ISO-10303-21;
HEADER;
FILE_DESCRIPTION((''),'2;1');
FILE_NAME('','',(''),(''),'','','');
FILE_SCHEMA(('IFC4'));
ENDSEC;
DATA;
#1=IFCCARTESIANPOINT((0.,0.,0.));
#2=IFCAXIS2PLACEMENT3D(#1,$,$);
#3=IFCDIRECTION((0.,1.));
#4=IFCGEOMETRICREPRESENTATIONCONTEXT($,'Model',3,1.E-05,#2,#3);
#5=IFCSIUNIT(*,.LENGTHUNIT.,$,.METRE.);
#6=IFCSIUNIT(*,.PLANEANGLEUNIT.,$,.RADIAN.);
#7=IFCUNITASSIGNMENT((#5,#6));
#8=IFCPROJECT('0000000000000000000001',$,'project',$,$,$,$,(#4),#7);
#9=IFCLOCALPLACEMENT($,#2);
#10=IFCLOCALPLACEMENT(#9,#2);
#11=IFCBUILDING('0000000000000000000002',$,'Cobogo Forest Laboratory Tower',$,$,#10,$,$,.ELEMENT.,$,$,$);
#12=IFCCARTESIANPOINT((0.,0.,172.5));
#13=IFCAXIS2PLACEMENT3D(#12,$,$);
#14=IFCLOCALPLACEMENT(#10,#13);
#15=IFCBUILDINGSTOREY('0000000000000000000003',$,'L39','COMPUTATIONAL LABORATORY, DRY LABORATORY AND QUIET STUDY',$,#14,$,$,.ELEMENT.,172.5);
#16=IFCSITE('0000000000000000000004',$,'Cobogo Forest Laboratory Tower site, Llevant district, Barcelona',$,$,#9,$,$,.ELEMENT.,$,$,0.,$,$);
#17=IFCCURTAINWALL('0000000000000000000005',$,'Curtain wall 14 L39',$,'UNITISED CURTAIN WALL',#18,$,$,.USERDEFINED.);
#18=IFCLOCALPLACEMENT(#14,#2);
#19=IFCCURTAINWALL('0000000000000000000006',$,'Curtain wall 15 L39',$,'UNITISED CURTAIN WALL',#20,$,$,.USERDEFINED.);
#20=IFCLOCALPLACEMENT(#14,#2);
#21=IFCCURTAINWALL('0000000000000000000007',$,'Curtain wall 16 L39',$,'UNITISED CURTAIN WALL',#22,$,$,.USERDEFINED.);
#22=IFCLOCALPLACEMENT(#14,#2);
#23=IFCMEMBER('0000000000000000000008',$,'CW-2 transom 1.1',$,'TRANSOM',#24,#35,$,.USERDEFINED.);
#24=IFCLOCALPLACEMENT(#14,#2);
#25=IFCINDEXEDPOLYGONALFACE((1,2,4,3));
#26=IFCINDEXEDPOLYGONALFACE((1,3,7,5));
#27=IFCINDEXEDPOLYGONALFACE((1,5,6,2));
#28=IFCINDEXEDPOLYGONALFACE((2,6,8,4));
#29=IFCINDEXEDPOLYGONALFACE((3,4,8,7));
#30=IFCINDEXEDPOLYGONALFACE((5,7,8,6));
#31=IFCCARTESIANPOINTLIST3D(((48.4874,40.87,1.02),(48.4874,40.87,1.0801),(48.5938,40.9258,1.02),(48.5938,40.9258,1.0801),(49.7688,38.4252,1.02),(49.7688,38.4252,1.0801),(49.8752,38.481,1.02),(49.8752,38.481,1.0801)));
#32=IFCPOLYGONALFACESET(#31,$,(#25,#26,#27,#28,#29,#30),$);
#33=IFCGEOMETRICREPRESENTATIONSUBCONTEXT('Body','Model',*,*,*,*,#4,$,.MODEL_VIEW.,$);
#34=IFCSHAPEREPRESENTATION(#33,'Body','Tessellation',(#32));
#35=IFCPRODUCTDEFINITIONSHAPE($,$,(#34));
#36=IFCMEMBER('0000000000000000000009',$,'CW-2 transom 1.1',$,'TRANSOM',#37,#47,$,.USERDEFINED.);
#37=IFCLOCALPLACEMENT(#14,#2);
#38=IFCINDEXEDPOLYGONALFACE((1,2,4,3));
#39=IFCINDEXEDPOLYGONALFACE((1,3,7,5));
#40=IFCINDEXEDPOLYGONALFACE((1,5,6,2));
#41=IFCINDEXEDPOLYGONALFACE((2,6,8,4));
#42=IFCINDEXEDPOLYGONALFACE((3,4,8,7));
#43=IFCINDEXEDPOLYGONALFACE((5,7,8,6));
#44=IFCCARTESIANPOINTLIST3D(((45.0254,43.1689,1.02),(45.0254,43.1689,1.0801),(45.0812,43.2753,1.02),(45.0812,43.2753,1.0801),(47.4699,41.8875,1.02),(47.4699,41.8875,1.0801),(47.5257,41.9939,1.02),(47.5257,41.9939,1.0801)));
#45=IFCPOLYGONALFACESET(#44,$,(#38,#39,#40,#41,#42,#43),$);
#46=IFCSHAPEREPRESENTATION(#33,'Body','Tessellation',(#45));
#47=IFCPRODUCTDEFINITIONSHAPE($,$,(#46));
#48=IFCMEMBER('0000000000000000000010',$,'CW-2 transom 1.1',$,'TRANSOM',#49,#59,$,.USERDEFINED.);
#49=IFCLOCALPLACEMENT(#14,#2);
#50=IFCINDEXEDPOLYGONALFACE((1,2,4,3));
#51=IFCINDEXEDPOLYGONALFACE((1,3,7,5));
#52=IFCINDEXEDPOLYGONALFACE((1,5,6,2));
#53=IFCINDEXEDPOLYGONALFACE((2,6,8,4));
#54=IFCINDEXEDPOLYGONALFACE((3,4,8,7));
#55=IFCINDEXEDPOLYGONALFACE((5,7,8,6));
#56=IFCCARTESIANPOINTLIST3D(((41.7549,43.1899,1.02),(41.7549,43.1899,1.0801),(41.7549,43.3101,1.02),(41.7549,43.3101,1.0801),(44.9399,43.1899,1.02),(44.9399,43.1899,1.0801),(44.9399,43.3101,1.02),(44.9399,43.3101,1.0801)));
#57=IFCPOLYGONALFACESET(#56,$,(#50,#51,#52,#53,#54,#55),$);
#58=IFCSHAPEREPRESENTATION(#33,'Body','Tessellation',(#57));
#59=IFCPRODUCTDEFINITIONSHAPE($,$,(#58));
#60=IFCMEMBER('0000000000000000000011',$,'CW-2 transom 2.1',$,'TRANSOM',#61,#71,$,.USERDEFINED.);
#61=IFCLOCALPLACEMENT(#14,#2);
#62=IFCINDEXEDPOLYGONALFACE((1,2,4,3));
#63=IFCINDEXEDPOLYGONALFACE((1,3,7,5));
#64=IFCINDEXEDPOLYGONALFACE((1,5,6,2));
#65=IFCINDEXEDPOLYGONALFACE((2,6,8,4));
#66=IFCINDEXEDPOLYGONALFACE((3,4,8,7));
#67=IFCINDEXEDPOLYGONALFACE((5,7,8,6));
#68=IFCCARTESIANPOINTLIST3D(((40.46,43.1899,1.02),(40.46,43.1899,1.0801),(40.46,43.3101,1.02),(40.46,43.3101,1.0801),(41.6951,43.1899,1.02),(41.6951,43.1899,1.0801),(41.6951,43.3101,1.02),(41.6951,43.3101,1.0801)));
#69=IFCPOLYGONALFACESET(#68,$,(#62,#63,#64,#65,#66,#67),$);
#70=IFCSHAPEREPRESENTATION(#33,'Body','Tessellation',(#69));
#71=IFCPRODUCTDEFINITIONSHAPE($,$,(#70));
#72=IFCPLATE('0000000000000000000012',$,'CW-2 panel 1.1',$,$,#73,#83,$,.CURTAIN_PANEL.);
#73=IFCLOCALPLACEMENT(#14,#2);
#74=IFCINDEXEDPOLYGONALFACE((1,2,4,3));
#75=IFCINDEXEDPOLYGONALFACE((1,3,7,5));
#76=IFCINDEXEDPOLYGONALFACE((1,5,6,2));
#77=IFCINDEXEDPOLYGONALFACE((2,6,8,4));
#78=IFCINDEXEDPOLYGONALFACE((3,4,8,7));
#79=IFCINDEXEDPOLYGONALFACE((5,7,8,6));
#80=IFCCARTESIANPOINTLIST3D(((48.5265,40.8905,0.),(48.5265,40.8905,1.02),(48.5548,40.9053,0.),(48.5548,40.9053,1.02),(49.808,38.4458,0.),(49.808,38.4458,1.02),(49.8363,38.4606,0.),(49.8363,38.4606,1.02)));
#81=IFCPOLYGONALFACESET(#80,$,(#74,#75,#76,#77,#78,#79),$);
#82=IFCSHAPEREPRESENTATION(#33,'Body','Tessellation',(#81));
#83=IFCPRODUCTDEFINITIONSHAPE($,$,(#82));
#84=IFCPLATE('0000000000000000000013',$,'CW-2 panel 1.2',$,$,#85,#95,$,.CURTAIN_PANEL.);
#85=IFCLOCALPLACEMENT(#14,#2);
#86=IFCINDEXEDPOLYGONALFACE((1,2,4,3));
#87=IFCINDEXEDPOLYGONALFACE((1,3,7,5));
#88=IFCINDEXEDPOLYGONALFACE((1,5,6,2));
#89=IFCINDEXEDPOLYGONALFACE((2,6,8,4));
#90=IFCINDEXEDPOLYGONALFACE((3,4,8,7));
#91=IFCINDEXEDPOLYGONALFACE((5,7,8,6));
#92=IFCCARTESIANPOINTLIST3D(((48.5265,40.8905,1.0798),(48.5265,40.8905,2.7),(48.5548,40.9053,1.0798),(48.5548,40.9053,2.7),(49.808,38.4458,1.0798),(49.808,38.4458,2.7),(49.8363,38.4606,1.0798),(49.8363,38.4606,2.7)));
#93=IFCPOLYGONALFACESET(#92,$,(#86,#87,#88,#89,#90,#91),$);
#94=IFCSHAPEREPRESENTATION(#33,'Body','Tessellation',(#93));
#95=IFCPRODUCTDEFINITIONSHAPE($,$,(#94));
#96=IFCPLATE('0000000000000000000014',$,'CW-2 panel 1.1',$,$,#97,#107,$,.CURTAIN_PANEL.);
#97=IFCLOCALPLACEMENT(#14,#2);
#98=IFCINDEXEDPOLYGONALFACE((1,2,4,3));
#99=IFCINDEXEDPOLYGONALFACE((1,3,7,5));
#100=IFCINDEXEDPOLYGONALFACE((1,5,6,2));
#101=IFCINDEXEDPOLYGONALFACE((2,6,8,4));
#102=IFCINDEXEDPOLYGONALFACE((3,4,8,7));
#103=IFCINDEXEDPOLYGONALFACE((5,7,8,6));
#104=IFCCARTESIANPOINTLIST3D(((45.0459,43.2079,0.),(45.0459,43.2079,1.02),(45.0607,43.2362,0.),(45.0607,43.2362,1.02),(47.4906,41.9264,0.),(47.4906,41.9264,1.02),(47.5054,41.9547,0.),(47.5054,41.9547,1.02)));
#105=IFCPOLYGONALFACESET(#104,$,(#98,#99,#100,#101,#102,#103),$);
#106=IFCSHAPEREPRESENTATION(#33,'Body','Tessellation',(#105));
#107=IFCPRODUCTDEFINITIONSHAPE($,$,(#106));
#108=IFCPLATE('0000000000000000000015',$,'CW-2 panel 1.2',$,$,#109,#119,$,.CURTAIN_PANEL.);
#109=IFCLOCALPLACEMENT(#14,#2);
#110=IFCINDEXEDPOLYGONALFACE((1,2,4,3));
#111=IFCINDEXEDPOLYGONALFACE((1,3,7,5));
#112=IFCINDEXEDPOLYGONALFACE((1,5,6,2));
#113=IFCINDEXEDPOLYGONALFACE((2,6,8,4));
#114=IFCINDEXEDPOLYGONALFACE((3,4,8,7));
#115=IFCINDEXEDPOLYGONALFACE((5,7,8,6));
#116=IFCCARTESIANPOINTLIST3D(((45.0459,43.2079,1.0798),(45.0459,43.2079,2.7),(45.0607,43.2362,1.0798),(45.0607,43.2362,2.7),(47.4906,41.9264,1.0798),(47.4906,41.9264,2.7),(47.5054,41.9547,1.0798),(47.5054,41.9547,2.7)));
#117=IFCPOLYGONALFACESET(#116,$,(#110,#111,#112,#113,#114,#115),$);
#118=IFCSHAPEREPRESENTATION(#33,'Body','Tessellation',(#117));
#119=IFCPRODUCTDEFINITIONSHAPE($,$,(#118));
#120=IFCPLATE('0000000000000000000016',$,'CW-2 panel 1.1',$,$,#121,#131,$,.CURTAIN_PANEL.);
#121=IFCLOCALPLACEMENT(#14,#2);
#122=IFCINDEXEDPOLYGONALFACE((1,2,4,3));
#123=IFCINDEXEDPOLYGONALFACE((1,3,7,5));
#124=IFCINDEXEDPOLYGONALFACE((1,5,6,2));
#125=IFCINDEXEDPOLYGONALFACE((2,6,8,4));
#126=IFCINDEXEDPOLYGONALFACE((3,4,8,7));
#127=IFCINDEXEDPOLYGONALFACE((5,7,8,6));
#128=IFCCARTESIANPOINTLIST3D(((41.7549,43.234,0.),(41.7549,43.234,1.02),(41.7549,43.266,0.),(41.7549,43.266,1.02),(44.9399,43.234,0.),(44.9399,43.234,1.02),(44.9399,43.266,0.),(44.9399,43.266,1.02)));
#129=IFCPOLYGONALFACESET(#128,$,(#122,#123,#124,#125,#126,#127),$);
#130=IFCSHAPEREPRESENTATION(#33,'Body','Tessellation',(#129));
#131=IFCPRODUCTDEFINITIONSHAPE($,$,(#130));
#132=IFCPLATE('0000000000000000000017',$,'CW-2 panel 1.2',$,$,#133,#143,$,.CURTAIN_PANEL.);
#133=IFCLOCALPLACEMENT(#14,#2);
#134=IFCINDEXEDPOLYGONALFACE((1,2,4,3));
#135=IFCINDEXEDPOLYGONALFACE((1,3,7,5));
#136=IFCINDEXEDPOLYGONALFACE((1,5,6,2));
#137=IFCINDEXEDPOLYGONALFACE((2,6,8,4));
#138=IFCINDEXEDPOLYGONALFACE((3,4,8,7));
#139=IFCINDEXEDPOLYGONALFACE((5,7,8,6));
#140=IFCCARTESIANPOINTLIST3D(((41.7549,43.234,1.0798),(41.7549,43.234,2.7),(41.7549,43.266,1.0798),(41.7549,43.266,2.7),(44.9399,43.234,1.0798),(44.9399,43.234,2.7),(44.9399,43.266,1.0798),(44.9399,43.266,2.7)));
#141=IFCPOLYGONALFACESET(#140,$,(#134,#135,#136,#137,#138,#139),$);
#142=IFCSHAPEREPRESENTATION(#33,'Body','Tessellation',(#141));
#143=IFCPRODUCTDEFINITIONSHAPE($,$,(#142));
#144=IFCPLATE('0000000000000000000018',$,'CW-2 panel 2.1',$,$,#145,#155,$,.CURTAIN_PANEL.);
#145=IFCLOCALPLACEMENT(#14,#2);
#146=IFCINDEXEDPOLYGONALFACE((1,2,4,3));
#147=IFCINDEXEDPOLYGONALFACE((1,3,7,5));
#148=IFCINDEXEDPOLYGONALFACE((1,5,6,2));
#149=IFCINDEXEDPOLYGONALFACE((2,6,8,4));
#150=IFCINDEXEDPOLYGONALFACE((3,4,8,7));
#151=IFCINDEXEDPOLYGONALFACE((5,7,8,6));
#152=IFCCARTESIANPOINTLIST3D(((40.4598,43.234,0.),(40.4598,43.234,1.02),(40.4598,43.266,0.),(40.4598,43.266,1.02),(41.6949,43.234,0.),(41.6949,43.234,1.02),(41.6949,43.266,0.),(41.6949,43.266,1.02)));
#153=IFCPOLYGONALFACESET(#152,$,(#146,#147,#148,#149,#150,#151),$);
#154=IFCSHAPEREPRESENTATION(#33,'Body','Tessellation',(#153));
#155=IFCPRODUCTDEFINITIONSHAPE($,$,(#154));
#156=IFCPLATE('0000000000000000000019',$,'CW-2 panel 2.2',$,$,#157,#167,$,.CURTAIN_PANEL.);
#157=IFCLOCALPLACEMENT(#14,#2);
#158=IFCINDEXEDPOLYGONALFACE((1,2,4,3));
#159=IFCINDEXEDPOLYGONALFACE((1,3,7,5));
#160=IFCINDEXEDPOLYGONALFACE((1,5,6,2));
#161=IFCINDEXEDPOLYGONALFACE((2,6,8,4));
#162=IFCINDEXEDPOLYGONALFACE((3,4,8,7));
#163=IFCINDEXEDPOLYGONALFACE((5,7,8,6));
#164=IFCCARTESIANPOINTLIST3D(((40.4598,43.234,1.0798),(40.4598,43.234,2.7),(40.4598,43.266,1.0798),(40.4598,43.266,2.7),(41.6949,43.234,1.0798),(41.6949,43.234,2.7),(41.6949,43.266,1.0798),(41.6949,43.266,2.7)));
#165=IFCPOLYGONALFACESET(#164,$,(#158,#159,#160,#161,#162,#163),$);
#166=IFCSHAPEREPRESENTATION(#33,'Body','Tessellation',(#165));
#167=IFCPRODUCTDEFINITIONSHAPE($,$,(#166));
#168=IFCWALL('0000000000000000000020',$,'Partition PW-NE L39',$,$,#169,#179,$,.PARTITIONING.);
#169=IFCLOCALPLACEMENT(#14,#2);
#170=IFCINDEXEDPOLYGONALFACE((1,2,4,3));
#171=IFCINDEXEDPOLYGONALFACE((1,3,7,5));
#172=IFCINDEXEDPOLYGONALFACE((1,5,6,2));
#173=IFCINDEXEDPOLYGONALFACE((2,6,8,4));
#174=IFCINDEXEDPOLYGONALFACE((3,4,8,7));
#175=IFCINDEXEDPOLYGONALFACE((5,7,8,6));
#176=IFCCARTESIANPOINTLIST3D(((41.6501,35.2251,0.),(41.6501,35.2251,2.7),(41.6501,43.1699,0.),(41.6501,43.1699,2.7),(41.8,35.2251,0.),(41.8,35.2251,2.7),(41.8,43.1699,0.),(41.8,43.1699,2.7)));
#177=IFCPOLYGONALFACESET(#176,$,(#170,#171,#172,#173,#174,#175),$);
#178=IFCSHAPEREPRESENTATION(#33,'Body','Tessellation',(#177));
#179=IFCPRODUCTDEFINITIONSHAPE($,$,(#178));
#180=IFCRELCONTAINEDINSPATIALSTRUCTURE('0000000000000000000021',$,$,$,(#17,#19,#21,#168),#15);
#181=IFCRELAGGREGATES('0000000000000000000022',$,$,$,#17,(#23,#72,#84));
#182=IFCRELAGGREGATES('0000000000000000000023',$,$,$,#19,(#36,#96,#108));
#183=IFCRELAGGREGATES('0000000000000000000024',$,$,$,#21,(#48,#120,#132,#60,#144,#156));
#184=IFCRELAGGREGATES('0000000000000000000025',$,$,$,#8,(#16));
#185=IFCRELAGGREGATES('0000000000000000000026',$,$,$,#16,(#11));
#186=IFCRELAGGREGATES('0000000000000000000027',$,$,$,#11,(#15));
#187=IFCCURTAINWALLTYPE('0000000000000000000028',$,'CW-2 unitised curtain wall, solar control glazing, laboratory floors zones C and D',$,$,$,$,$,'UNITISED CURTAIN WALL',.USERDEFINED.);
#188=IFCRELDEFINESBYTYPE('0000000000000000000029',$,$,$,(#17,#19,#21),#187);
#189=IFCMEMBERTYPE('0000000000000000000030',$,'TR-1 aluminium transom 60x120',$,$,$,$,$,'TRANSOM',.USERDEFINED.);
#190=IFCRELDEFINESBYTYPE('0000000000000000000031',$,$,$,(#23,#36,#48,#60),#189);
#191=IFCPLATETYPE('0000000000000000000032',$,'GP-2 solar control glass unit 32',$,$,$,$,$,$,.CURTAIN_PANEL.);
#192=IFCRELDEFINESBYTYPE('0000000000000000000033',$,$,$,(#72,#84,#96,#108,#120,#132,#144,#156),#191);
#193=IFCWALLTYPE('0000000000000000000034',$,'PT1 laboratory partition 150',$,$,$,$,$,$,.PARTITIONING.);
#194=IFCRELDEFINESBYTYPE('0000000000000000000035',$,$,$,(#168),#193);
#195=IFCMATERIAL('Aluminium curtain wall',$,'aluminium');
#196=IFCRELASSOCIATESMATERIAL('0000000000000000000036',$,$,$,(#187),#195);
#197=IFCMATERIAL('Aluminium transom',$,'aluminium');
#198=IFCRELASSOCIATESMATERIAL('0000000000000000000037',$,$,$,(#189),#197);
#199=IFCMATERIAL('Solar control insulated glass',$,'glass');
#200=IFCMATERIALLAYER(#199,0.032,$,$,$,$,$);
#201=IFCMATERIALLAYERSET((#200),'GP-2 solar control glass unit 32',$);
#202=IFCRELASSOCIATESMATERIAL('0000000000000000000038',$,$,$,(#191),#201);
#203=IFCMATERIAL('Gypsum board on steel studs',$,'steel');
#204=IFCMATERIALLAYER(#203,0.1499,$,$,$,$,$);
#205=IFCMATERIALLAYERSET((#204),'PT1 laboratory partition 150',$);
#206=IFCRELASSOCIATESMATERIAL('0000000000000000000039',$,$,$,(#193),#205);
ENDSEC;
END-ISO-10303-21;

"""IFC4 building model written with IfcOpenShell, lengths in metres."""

from ifc_helpers import new_model, si_unit, direction, frame, frame_2d, origin, origin_2d, place, context, subcontext, project, spatial, rectangle, extrude, material, layer, layer_set, material_profile, profile_set, type_object, element, aggregate, save


model = new_model("IFC4")

# Units and contexts
model_context = context("Model", 3, precision=1e-05, world=origin(), true_north=direction((0.0, 1.0)))
body_context = subcontext(model_context, "Body", "Model", "MODEL_VIEW")
ifc_project = project(units=[si_unit("LENGTHUNIT", "METRE"), si_unit("PLANEANGLEUNIT", "RADIAN")], contexts=[model_context])

# Site, building, storey
site_placement = place(None, origin())
site = spatial("IfcSite", under=ifc_project, at=site_placement, Name="Cobogo Forest Laboratory Tower site, Llevant district, Barcelona", CompositionType="ELEMENT", RefElevation=0.0)
building_placement = place(site_placement, origin())
building = spatial("IfcBuilding", under=site, at=building_placement, Name="Cobogo Forest Laboratory Tower", CompositionType="ELEMENT")
storey_placement = place(building_placement, frame((0.0, 0.0, 172.5)))
storey = spatial("IfcBuildingStorey", under=building, at=storey_placement, Name="L39", Description="COMPUTATIONAL LABORATORY, DRY LABORATORY AND QUIET STUDY", CompositionType="ELEMENT", Elevation=172.5)

# Curtain wall
ifc_material_1 = material(Name="Aluminium curtain wall", Category="aluminium")
curtain_wall_type = type_object("IfcCurtainWallType", Name="CW-2 unitised curtain wall, solar control glazing, laboratory floors zones C and D", ElementType="UNITISED CURTAIN WALL", PredefinedType="USERDEFINED", material=ifc_material_1)
curtain_wall_1_placement = place(storey_placement, origin())
curtain_wall_1 = element("IfcCurtainWall", 1, at=curtain_wall_1_placement, inside=storey, type_object=curtain_wall_type, Name="Curtain wall 14 L39", ObjectType="UNITISED CURTAIN WALL", PredefinedType="USERDEFINED")

# Curtain walls
curtain_wall_2_placement = place(storey_placement, origin())
curtain_wall_2 = element("IfcCurtainWall", 2, at=curtain_wall_2_placement, inside=storey, type_object=curtain_wall_type, Name="Curtain wall 15 L39", ObjectType="UNITISED CURTAIN WALL", PredefinedType="USERDEFINED")
curtain_wall_3_placement = place(storey_placement, origin())
curtain_wall_3 = element("IfcCurtainWall", 3, at=curtain_wall_3_placement, inside=storey, type_object=curtain_wall_type, Name="Curtain wall 16 L39", ObjectType="UNITISED CURTAIN WALL", PredefinedType="USERDEFINED")

# Members
ifc_material_2 = material(Name="Aluminium transom", Category="aluminium")
ifc_material_profile_1 = material_profile(ifc_material_2, rectangle(XDim=0.1201, YDim=0.0601, at=origin_2d()), Name="AL 60x120")
ifc_profile_set_1 = profile_set([ifc_material_profile_1], Name="Aluminium transom")
member_type_1 = type_object("IfcMemberType", Name="TR-1 aluminium transom 60x120", ElementType="TRANSOM", PredefinedType="USERDEFINED", material=ifc_profile_set_1)
member_1_placement = place(storey_placement, frame((49.822, 38.4531, 1.05), z_axis=(-0.464255, 0.885702, 0.0), x_axis=(-0.885702, -0.464255, 0.0)))
member_1 = element("IfcMember", 4, at=member_1_placement, type_object=member_type_1, Name="CW-2 transom 1.1", ObjectType="TRANSOM", PredefinedType="USERDEFINED", context=body_context, shape_type="SweptSolid", body=[
    extrude(rectangle(XDim=0.1201, YDim=0.0601, at=origin_2d()), origin(), (0.0, 0.0, 1.0), 2.7603),
])
member_2_placement = place(storey_placement, frame((47.4978, 41.9407, 1.05), z_axis=(-0.885683, 0.464291, 0.0), x_axis=(-0.464291, -0.885683, 0.0)))
member_2 = element("IfcMember", 5, at=member_2_placement, type_object=member_type_1, Name="CW-2 transom 1.1", ObjectType="TRANSOM", PredefinedType="USERDEFINED", context=body_context, shape_type="SweptSolid", body=[
    extrude(rectangle(XDim=0.1201, YDim=0.0601, at=origin_2d()), origin(), (0.0, 0.0, 1.0), 2.76),
])
member_3_placement = place(storey_placement, frame((44.9399, 43.25, 1.05), z_axis=(-1.0, 0.0, 0.0), x_axis=(0.0, -1.0, 0.0)))
member_3 = element("IfcMember", 6, at=member_3_placement, type_object=member_type_1, Name="CW-2 transom 1.1", ObjectType="TRANSOM", PredefinedType="USERDEFINED", context=body_context, shape_type="SweptSolid", body=[
    extrude(rectangle(XDim=0.1201, YDim=0.0601, at=origin_2d()), origin(), (0.0, 0.0, 1.0), 3.1851),
])
member_4_placement = place(storey_placement, frame((41.6951, 43.25, 1.05), z_axis=(-1.0, 0.0, 0.0), x_axis=(0.0, -1.0, 0.0)))
member_4 = element("IfcMember", 7, at=member_4_placement, type_object=member_type_1, Name="CW-2 transom 2.1", ObjectType="TRANSOM", PredefinedType="USERDEFINED", context=body_context, shape_type="SweptSolid", body=[
    extrude(rectangle(XDim=0.1201, YDim=0.0601, at=origin_2d()), origin(), (0.0, 0.0, 1.0), 1.2351),
])

# Plates
ifc_material_3 = material(Name="Solar control insulated glass", Category="glass")
ifc_layer_1 = layer(ifc_material_3, 0.032)
ifc_layer_set_1 = layer_set([ifc_layer_1], Name="GP-2 solar control glass unit 32")
plate_type = type_object("IfcPlateType", Name="GP-2 solar control glass unit 32", PredefinedType="CURTAIN_PANEL", material=ifc_layer_set_1)
plate_1_placement = place(storey_placement, frame((49.1814, 39.6755, 0.0), z_axis=(0.0, 0.0, 1.0), x_axis=(-0.464284, 0.885686, 0.0)))
plate_1 = element("IfcPlate", 8, at=plate_1_placement, type_object=plate_type, Name="CW-2 panel 1.1", PredefinedType="CURTAIN_PANEL", context=body_context, shape_type="SweptSolid", body=[
    extrude(rectangle(XDim=2.7603, YDim=0.032, at=origin_2d()), origin(), (0.0, 0.0, 1.0), 1.02),
])
plate_2_placement = place(storey_placement, frame((49.1814, 39.6755, 1.0798), z_axis=(0.0, 0.0, 1.0), x_axis=(-0.464284, 0.885686, 0.0)))
plate_2 = element("IfcPlate", 9, at=plate_2_placement, type_object=plate_type, Name="CW-2 panel 1.2", PredefinedType="CURTAIN_PANEL", context=body_context, shape_type="SweptSolid", body=[
    extrude(rectangle(XDim=2.7603, YDim=0.032, at=origin_2d()), origin(), (0.0, 0.0, 1.0), 1.6201),
])
aggregate(curtain_wall_1, [member_1, plate_1, plate_2])
plate_3_placement = place(storey_placement, frame((46.2756, 42.5813, 0.0), z_axis=(0.0, 0.0, 1.0), x_axis=(-0.885686, 0.464284, 0.0)))
plate_3 = element("IfcPlate", 10, at=plate_3_placement, type_object=plate_type, Name="CW-2 panel 1.1", PredefinedType="CURTAIN_PANEL", context=body_context, shape_type="SweptSolid", body=[
    extrude(rectangle(XDim=2.7603, YDim=0.032, at=origin_2d()), origin(), (0.0, 0.0, 1.0), 1.02),
])
plate_4_placement = place(storey_placement, frame((46.2756, 42.5813, 1.0798), z_axis=(0.0, 0.0, 1.0), x_axis=(-0.885686, 0.464284, 0.0)))
plate_4 = element("IfcPlate", 11, at=plate_4_placement, type_object=plate_type, Name="CW-2 panel 1.2", PredefinedType="CURTAIN_PANEL", context=body_context, shape_type="SweptSolid", body=[
    extrude(rectangle(XDim=2.7603, YDim=0.032, at=origin_2d()), origin(), (0.0, 0.0, 1.0), 1.6201),
])
aggregate(curtain_wall_2, [member_2, plate_3, plate_4])
plate_5_placement = place(storey_placement, frame((43.3474, 43.25, 0.0), z_axis=(0.0, 0.0, 1.0), x_axis=(-1.0, 0.0, 0.0)))
plate_5 = element("IfcPlate", 12, at=plate_5_placement, type_object=plate_type, Name="CW-2 panel 1.1", PredefinedType="CURTAIN_PANEL", context=body_context, shape_type="SweptSolid", body=[
    extrude(rectangle(XDim=3.1851, YDim=0.032, at=origin_2d()), origin(), (0.0, 0.0, 1.0), 1.02),
])
plate_6_placement = place(storey_placement, frame((43.3474, 43.25, 1.0798), z_axis=(0.0, 0.0, 1.0), x_axis=(-1.0, 0.0, 0.0)))
plate_6 = element("IfcPlate", 13, at=plate_6_placement, type_object=plate_type, Name="CW-2 panel 1.2", PredefinedType="CURTAIN_PANEL", context=body_context, shape_type="SweptSolid", body=[
    extrude(rectangle(XDim=3.1851, YDim=0.032, at=origin_2d()), origin(), (0.0, 0.0, 1.0), 1.6201),
])
plate_7_placement = place(storey_placement, frame((41.0774, 43.25, 0.0), z_axis=(0.0, 0.0, 1.0), x_axis=(-1.0, 0.0, 0.0)))
plate_7 = element("IfcPlate", 14, at=plate_7_placement, type_object=plate_type, Name="CW-2 panel 2.1", PredefinedType="CURTAIN_PANEL", context=body_context, shape_type="SweptSolid", body=[
    extrude(rectangle(XDim=1.2351, YDim=0.032, at=origin_2d()), origin(), (0.0, 0.0, 1.0), 1.02),
])
plate_8_placement = place(storey_placement, frame((41.0774, 43.25, 1.0798), z_axis=(0.0, 0.0, 1.0), x_axis=(-1.0, 0.0, 0.0)))
plate_8 = element("IfcPlate", 15, at=plate_8_placement, type_object=plate_type, Name="CW-2 panel 2.2", PredefinedType="CURTAIN_PANEL", context=body_context, shape_type="SweptSolid", body=[
    extrude(rectangle(XDim=1.2351, YDim=0.032, at=origin_2d()), origin(), (0.0, 0.0, 1.0), 1.6201),
])
aggregate(curtain_wall_3, [member_3, plate_5, plate_6, member_4, plate_7, plate_8])

# Wall
ifc_material_4 = material(Name="Gypsum board on steel studs", Category="steel")
ifc_layer_2 = layer(ifc_material_4, 0.1499)
ifc_layer_set_2 = layer_set([ifc_layer_2], Name="PT1 laboratory partition 150")
wall_type = type_object("IfcWallType", Name="PT1 laboratory partition 150", PredefinedType="PARTITIONING", material=ifc_layer_set_2)
wall_placement = place(storey_placement, frame((41.7251, 43.1699, 0.0), z_axis=(0.0, 0.0, 1.0), x_axis=(0.0, -1.0, 0.0)))
element("IfcWall", 16, at=wall_placement, inside=storey, type_object=wall_type, Name="Partition PW-NE L39", PredefinedType="PARTITIONING", context=body_context, shape_type="SweptSolid", body=[
    extrude(rectangle(XDim=7.9448, YDim=0.1499, at=frame_2d((3.9724, 0.0))), origin(), (0.0, 0.0, 1.0), 2.7),
])

save(model, "model.ifc")
